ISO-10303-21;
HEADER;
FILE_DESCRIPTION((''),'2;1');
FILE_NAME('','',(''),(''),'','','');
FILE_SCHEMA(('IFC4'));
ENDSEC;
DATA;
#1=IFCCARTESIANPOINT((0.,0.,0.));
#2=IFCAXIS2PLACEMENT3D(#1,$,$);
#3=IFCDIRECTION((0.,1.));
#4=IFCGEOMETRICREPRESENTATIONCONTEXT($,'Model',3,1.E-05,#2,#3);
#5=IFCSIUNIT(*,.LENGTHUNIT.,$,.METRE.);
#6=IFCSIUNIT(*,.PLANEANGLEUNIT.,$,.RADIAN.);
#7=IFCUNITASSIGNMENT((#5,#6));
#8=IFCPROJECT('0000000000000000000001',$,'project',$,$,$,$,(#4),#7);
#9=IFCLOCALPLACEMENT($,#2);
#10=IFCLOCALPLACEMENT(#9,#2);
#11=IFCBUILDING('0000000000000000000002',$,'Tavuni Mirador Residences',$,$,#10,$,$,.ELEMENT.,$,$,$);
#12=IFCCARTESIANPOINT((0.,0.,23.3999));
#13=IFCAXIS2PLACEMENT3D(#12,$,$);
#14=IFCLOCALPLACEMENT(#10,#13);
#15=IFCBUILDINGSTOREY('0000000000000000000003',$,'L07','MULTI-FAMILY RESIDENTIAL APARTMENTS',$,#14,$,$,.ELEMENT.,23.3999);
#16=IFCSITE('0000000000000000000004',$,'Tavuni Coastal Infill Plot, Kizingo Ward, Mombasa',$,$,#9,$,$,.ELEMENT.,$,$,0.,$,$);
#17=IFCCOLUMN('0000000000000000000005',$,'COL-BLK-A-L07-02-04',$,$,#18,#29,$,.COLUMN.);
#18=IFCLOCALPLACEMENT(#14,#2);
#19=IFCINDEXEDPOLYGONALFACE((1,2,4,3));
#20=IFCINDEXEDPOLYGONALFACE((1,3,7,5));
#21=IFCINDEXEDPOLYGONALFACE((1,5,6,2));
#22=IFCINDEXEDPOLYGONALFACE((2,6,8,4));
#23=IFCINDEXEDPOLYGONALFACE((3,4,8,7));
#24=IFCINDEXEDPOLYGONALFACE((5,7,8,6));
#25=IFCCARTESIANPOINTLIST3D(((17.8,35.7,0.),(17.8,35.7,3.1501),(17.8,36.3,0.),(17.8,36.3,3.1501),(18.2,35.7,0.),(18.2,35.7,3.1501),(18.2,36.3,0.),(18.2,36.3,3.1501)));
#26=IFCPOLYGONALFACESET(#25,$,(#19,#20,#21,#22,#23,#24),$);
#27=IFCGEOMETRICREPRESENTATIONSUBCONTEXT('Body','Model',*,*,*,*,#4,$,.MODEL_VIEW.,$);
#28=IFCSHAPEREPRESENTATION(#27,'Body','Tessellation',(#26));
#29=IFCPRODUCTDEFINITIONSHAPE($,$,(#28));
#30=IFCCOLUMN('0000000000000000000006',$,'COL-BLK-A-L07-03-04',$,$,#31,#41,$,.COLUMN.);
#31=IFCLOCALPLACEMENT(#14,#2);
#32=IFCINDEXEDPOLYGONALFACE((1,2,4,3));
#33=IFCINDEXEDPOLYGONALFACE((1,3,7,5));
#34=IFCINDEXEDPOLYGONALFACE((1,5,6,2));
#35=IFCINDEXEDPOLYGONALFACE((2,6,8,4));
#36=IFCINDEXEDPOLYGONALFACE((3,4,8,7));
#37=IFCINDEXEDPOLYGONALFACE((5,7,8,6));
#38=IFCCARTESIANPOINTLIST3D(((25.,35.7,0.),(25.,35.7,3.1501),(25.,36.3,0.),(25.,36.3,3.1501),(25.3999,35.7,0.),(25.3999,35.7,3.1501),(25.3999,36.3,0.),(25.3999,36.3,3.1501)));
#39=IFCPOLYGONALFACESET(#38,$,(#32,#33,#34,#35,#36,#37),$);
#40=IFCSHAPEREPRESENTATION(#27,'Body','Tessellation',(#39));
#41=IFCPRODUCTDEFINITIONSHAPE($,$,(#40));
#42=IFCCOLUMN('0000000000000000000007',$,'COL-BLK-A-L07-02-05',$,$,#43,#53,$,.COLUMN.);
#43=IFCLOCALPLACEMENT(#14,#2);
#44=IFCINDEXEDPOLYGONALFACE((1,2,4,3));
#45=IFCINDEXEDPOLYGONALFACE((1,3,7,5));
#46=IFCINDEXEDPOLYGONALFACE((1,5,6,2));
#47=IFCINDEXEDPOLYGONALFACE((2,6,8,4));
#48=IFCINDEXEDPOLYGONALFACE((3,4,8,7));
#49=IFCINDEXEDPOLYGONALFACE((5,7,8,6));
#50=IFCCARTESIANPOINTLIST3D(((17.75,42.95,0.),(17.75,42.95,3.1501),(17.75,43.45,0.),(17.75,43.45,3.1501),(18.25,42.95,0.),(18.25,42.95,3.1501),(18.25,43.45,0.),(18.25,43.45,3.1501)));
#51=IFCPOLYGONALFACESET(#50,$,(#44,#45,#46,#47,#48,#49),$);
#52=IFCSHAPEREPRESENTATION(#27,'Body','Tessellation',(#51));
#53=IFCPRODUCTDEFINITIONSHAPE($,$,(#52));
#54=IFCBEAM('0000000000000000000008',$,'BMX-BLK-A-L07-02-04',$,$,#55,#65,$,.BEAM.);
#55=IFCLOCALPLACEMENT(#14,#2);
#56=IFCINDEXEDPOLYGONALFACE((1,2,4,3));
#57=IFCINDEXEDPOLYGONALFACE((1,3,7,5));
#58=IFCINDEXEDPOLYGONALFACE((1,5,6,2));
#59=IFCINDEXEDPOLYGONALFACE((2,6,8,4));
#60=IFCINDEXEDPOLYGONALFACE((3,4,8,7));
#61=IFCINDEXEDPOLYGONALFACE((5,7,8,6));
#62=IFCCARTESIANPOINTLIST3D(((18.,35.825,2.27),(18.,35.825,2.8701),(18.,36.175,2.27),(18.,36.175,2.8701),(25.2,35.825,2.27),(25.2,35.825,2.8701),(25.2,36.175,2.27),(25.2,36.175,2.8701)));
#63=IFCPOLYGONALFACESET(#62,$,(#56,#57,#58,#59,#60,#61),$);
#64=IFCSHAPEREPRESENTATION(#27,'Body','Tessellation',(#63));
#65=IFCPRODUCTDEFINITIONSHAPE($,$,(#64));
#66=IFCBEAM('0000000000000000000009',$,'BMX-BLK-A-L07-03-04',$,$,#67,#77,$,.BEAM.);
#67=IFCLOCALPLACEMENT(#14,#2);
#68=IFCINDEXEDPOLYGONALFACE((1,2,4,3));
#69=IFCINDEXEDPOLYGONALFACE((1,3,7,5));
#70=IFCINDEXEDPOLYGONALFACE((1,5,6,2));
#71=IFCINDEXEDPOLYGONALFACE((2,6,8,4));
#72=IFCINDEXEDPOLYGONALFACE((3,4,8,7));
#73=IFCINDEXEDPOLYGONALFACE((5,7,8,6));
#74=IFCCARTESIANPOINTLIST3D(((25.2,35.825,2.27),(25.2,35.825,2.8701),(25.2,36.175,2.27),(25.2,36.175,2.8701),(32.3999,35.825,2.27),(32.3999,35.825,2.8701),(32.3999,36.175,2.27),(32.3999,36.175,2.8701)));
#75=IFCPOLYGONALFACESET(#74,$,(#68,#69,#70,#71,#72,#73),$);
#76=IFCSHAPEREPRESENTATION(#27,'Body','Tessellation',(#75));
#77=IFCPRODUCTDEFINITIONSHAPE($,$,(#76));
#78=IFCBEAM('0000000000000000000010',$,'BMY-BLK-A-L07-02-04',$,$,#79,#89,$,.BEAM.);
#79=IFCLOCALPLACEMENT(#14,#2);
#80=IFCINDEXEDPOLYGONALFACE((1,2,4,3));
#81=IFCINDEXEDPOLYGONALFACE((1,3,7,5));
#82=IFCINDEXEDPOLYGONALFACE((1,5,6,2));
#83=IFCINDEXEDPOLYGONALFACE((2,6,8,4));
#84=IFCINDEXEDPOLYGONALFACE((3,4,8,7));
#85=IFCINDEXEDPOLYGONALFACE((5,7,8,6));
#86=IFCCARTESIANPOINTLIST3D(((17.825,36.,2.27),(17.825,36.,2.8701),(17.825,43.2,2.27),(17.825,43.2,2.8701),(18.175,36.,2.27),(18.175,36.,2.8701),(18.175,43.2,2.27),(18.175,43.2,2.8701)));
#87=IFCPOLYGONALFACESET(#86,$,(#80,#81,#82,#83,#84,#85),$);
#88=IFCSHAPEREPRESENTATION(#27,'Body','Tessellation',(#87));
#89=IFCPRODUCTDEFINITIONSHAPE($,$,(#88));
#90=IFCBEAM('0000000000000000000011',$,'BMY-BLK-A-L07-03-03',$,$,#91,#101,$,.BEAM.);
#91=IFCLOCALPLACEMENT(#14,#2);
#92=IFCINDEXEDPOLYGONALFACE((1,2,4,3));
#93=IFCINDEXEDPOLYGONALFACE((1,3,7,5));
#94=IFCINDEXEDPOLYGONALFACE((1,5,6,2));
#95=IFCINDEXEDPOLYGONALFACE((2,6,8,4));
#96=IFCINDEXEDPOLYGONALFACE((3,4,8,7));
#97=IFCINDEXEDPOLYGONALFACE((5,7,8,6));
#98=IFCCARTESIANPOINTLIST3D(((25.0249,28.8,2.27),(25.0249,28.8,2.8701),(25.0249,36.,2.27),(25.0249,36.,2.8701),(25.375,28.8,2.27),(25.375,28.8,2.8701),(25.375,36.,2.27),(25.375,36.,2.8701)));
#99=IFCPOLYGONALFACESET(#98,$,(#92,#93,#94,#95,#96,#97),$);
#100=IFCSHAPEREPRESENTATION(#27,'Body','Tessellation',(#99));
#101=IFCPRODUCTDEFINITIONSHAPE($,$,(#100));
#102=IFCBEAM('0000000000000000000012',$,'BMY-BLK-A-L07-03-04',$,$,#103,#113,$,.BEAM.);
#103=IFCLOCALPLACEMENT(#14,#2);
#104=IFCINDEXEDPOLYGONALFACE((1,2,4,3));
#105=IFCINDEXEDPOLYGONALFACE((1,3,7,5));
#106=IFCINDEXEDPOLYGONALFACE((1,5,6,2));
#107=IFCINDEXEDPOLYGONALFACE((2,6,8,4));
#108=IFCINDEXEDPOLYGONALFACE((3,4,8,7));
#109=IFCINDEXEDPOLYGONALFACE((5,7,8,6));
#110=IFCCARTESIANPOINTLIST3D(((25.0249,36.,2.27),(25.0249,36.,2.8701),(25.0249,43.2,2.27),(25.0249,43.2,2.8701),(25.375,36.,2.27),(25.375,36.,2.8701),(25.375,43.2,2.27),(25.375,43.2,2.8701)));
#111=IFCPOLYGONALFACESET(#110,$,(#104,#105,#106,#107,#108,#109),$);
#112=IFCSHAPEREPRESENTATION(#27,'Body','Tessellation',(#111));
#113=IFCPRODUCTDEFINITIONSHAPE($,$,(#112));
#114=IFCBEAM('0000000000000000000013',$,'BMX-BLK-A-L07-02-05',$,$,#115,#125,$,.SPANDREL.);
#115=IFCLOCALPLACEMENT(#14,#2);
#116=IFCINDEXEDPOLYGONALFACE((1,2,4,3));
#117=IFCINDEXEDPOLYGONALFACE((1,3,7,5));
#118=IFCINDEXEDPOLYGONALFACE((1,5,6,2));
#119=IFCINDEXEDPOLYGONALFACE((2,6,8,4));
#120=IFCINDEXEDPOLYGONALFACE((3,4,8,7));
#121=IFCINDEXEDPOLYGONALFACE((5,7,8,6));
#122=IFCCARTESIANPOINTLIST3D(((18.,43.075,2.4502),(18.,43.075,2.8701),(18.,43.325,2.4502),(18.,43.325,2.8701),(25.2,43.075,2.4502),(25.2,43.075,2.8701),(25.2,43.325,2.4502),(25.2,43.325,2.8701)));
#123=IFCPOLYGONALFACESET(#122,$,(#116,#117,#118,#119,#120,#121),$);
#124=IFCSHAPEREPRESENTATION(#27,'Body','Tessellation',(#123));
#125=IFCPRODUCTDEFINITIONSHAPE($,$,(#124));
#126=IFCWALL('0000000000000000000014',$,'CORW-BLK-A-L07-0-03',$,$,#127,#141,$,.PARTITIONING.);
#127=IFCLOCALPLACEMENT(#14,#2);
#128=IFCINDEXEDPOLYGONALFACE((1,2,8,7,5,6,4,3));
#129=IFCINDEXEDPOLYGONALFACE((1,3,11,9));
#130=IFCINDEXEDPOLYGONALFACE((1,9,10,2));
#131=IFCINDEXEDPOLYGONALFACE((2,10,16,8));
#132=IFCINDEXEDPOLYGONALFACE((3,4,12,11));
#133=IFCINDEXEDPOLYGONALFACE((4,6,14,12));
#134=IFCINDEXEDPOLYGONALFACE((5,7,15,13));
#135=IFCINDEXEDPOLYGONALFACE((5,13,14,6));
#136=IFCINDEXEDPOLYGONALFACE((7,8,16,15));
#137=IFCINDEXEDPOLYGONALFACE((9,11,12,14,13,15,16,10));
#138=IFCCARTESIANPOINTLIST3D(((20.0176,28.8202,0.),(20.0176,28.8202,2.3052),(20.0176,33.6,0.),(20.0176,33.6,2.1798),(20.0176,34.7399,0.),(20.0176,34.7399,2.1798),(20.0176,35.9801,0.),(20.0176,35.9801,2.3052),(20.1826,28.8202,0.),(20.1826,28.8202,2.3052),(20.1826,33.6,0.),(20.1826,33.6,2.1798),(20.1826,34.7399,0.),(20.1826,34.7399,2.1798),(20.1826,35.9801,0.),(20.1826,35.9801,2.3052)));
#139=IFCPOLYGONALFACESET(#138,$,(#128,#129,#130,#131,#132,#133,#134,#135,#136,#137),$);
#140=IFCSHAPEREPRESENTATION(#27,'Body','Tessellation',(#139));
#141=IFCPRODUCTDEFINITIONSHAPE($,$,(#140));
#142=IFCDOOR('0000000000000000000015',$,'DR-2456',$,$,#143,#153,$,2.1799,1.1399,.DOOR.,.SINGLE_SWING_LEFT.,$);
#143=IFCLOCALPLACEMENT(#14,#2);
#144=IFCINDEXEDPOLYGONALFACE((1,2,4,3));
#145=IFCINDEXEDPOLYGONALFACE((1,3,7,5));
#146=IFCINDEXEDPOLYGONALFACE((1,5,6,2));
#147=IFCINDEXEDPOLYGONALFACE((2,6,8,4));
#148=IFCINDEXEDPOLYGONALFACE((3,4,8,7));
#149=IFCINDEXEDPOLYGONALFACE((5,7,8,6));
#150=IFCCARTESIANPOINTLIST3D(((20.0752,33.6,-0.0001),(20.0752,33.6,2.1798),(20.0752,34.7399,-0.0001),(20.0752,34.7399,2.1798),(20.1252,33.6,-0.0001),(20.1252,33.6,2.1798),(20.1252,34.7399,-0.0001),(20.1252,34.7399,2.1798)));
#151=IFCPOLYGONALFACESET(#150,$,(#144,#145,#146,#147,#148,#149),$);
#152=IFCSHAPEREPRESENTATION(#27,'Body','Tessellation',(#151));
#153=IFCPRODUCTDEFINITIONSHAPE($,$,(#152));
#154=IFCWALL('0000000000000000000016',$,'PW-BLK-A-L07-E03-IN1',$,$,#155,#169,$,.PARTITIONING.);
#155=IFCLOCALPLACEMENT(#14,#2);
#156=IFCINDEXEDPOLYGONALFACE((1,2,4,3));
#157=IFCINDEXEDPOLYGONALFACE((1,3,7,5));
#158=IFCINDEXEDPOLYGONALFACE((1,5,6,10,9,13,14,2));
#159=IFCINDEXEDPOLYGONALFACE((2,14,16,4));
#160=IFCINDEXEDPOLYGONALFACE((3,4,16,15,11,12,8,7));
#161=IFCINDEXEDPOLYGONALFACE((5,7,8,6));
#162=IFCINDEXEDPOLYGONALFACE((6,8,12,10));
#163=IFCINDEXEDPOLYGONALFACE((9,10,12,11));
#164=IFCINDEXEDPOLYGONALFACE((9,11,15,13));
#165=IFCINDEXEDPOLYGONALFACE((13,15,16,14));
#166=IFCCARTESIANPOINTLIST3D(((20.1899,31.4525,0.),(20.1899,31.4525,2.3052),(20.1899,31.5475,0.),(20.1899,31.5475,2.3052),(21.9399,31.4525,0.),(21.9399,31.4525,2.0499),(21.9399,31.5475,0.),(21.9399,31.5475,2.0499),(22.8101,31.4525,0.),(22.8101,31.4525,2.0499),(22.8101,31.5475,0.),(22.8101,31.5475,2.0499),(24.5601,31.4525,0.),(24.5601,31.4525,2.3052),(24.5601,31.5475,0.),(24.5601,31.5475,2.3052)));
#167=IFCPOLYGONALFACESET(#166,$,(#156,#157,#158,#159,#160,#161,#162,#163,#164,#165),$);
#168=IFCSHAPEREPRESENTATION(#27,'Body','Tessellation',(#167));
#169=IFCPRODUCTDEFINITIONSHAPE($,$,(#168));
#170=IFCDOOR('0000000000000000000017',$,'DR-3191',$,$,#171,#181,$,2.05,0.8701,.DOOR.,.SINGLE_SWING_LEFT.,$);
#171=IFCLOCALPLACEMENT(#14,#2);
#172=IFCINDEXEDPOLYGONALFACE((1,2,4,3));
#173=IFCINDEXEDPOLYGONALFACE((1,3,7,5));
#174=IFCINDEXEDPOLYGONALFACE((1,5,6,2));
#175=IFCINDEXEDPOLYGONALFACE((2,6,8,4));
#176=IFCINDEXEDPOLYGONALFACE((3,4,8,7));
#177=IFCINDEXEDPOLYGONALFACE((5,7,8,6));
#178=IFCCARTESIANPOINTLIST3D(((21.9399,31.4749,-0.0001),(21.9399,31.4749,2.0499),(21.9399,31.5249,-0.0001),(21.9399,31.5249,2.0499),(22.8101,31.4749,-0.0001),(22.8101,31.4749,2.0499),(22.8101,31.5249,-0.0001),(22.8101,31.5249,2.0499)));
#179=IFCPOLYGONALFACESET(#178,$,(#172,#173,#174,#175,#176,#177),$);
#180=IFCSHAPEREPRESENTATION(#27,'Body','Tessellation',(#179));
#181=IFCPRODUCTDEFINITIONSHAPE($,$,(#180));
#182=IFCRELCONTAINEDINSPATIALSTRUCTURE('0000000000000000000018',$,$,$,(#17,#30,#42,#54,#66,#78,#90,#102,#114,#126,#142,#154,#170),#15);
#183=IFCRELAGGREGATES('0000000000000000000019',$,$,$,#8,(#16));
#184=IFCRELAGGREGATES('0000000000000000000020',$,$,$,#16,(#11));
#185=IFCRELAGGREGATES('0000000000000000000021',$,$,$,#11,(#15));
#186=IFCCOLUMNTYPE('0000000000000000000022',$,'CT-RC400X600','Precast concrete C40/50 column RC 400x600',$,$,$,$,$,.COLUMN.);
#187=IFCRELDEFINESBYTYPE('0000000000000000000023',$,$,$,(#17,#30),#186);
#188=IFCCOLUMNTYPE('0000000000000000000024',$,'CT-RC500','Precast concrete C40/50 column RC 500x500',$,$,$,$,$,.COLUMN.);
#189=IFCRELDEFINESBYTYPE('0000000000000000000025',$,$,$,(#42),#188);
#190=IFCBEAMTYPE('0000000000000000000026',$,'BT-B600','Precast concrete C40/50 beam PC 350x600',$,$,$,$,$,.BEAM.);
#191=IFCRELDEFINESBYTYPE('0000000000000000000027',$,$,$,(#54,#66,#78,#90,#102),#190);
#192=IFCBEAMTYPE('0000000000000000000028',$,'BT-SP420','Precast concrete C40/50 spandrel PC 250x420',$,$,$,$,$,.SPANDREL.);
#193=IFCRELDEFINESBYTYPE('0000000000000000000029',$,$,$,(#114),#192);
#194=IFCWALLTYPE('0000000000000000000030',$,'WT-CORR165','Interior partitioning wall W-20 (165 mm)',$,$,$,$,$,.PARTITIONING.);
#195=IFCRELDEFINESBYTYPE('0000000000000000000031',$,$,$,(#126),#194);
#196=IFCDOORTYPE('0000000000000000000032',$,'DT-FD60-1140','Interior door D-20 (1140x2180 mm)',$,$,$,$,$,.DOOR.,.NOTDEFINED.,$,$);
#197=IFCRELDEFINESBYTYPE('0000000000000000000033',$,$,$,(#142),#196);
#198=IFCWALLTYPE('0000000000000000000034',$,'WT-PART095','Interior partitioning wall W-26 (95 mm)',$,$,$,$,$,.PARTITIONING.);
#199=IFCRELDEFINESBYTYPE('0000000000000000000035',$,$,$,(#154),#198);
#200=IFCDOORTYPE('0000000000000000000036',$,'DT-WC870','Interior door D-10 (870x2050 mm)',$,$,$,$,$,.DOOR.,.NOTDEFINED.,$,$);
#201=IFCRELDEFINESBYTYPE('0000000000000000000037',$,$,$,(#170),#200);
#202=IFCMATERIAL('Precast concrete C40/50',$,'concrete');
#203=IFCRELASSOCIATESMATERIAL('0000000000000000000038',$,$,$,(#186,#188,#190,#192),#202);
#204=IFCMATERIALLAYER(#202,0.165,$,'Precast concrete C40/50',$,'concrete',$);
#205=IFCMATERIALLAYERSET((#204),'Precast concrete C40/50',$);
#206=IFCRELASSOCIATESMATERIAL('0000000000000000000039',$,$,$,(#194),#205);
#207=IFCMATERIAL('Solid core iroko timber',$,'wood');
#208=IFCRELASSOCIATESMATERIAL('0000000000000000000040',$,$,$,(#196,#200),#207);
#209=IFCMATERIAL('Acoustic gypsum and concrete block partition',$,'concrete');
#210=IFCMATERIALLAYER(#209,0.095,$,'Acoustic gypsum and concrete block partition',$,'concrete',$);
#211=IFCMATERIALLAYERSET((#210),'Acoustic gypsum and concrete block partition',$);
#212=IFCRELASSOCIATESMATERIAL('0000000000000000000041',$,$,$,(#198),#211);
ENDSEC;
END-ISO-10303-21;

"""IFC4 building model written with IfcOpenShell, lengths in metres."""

from ifc_helpers import new_model, si_unit, direction, frame, frame_2d, origin, origin_2d, place, context, subcontext, project, spatial, rectangle, extrude, material, layer, layer_set, material_profile, profile_set, type_object, element, fill, save


model = new_model("IFC4")

# Units and contexts
model_context = context("Model", 3, precision=1e-05, world=origin(), true_north=direction((0.0, 1.0)))
body_context = subcontext(model_context, "Body", "Model", "MODEL_VIEW")
ifc_project = project(units=[si_unit("LENGTHUNIT", "METRE"), si_unit("PLANEANGLEUNIT", "RADIAN")], contexts=[model_context])

# Site, building, storey
site_placement = place(None, origin())
site = spatial("IfcSite", under=ifc_project, at=site_placement, Name="Tavuni Coastal Infill Plot, Kizingo Ward, Mombasa", CompositionType="ELEMENT", RefElevation=0.0)
building_placement = place(site_placement, origin())
building = spatial("IfcBuilding", under=site, at=building_placement, Name="Tavuni Mirador Residences", CompositionType="ELEMENT")
storey_placement = place(building_placement, frame((0.0, 0.0, 23.3999)))
storey = spatial("IfcBuildingStorey", under=building, at=storey_placement, Name="L07", Description="MULTI-FAMILY RESIDENTIAL APARTMENTS", CompositionType="ELEMENT", Elevation=23.3999)

# Columns
ifc_material_1 = material(Name="Precast concrete C40/50", Category="concrete")
ifc_material_profile_1 = material_profile(ifc_material_1, rectangle(XDim=0.3999, YDim=0.6001, at=origin_2d()), Name="RC 400x600", Category="concrete")
ifc_profile_set_1 = profile_set([ifc_material_profile_1], Name="Precast concrete C40/50")
column_type_1 = type_object("IfcColumnType", Name="CT-RC400X600", Description="Precast concrete C40/50 column RC 400x600", PredefinedType="COLUMN", material=ifc_profile_set_1)
for number, where, z_axis, x_axis, name in (
    (1, (18.0, 36.0, 0.0), (0.0, 0.0, 1.0), (1.0, 0.0, 0.0), "COL-BLK-A-L07-02-04"),
    (2, (25.2, 36.0, 0.0), (0.0, 0.0, 1.0), (1.0, 0.0, 0.0), "COL-BLK-A-L07-03-04"),
):
    element("IfcColumn", number, at=place(storey_placement, frame(where, z_axis=z_axis, x_axis=x_axis)), inside=storey, type_object=column_type_1, Name=name, PredefinedType="COLUMN", context=body_context, shape_type="SweptSolid", body=[
        extrude(rectangle(XDim=0.3999, YDim=0.6001, at=origin_2d()), origin(), (0.0, 0.0, 1.0), 3.1501),
    ])
ifc_material_profile_2 = material_profile(ifc_material_1, rectangle(XDim=0.5, YDim=0.5, at=origin_2d()), Name="RC 500x500", Category="concrete")
ifc_profile_set_2 = profile_set([ifc_material_profile_2], Name="Precast concrete C40/50")
column_type_2 = type_object("IfcColumnType", Name="CT-RC500", Description="Precast concrete C40/50 column RC 500x500", PredefinedType="COLUMN", material=ifc_profile_set_2)
column_placement = place(storey_placement, frame((18.0, 43.2, 0.0), z_axis=(0.0, 0.0, 1.0), x_axis=(1.0, 0.0, 0.0)))
element("IfcColumn", 3, at=column_placement, inside=storey, type_object=column_type_2, Name="COL-BLK-A-L07-02-05", PredefinedType="COLUMN", context=body_context, shape_type="SweptSolid", body=[
    extrude(rectangle(XDim=0.5, YDim=0.5, at=origin_2d()), origin(), (0.0, 0.0, 1.0), 3.1501),
])

# Beams
ifc_material_profile_3 = material_profile(ifc_material_1, rectangle(XDim=0.3501, YDim=0.6001, at=origin_2d()), Name="PC 350x600", Category="concrete")
ifc_profile_set_3 = profile_set([ifc_material_profile_3], Name="Precast concrete C40/50")
beam_type_1 = type_object("IfcBeamType", Name="BT-B600", Description="Precast concrete C40/50 beam PC 350x600", PredefinedType="BEAM", material=ifc_profile_set_3)
for number, where, z_axis, x_axis, name in (
    (4, (18.0, 36.0, 2.5701), (1.0, 0.0, 0.0), (0.0, 1.0, 0.0), "BMX-BLK-A-L07-02-04"),
    (5, (25.2, 36.0, 2.5701), (1.0, 0.0, 0.0), (0.0, 1.0, 0.0), "BMX-BLK-A-L07-03-04"),
    (6, (18.0, 36.0, 2.5701), (0.0, 1.0, 0.0), (-1.0, 0.0, 0.0), "BMY-BLK-A-L07-02-04"),
    (7, (25.2, 28.8, 2.5701), (0.0, 1.0, 0.0), (-1.0, 0.0, 0.0), "BMY-BLK-A-L07-03-03"),
    (8, (25.2, 36.0, 2.5701), (0.0, 1.0, 0.0), (-1.0, 0.0, 0.0), "BMY-BLK-A-L07-03-04"),
):
    element("IfcBeam", number, at=place(storey_placement, frame(where, z_axis=z_axis, x_axis=x_axis)), inside=storey, type_object=beam_type_1, Name=name, PredefinedType="BEAM", context=body_context, shape_type="SweptSolid", body=[
        extrude(rectangle(XDim=0.3501, YDim=0.6001, at=origin_2d()), origin(), (0.0, 0.0, 1.0), 7.2),
    ])
ifc_material_profile_4 = material_profile(ifc_material_1, rectangle(XDim=0.25, YDim=0.4199, at=origin_2d()), Name="PC 250x420", Category="concrete")
ifc_profile_set_4 = profile_set([ifc_material_profile_4], Name="Precast concrete C40/50")
beam_type_2 = type_object("IfcBeamType", Name="BT-SP420", Description="Precast concrete C40/50 spandrel PC 250x420", PredefinedType="SPANDREL", material=ifc_profile_set_4)
beam_placement = place(storey_placement, frame((18.0, 43.2, 2.6602), z_axis=(1.0, 0.0, 0.0), x_axis=(0.0, 1.0, 0.0)))
element("IfcBeam", 9, at=beam_placement, inside=storey, type_object=beam_type_2, Name="BMX-BLK-A-L07-02-05", PredefinedType="SPANDREL", context=body_context, shape_type="SweptSolid", body=[
    extrude(rectangle(XDim=0.25, YDim=0.4199, at=origin_2d()), origin(), (0.0, 0.0, 1.0), 7.2),
])

# Walls, openings, doors
ifc_material_2 = material(Name="Solid core iroko timber", Category="wood")
ifc_layer_1 = layer(ifc_material_1, 0.165, Name="Precast concrete C40/50", Category="concrete")
ifc_layer_set_1 = layer_set([ifc_layer_1], Name="Precast concrete C40/50")
wall_type_1 = type_object("IfcWallType", Name="WT-CORR165", Description="Interior partitioning wall W-20 (165 mm)", PredefinedType="PARTITIONING", material=ifc_layer_set_1)
wall_1_placement = place(storey_placement, frame((20.1001, 28.8201, 0.0), z_axis=(0.0, 0.0, 1.0), x_axis=(0.0, 1.0, 0.0)))
wall_1 = element("IfcWall", 10, at=wall_1_placement, inside=storey, type_object=wall_type_1, Name="CORW-BLK-A-L07-0-03", PredefinedType="PARTITIONING", context=body_context, shape_type="SweptSolid", body=[
    extrude(rectangle(XDim=7.1599, YDim=0.165, at=frame_2d((3.5801, 0.0))), origin(), (0.0, 0.0, 1.0), 2.3052),
])
opening_1_placement = place(wall_1_placement, frame((4.78, 0.0, 0.0)))
opening_1 = element("IfcOpeningElement", 11, at=opening_1_placement, cuts=wall_1, PredefinedType="OPENING", context=body_context, shape_type="SweptSolid", body=[
    extrude(rectangle(XDim=1.1399, YDim=2.1799, at=frame_2d((0.5698, 1.0898))), frame((0.0, 0.0925, 0.0), z_axis=(0.0, -1.0, 0.0), x_axis=(1.0, 0.0, 0.0)), (0.0, 0.0, 1.0), 0.1851),
])
door_type_1 = type_object("IfcDoorType", Name="DT-FD60-1140", Description="Interior door D-20 (1140x2180 mm)", OperationType="NOTDEFINED", PredefinedType="DOOR", material=ifc_material_2)
door_1_placement = place(opening_1_placement, origin())
door_1 = element("IfcDoor", 12, at=door_1_placement, inside=storey, type_object=door_type_1, Name="DR-2456", OperationType="SINGLE_SWING_LEFT", OverallHeight=2.1799, OverallWidth=1.1399, PredefinedType="DOOR", context=body_context, shape_type="SweptSolid", body=[
    extrude(rectangle(XDim=1.1399, YDim=2.1799, at=frame_2d((0.5698, 1.0898))), frame((0.0, 0.0249, 0.0), z_axis=(0.0, -1.0, 0.0), x_axis=(1.0, 0.0, 0.0)), (0.0, 0.0, 1.0), 0.05),
])
fill(opening_1, door_1)
ifc_material_3 = material(Name="Acoustic gypsum and concrete block partition", Category="concrete")
ifc_layer_2 = layer(ifc_material_3, 0.095, Name="Acoustic gypsum and concrete block partition", Category="concrete")
ifc_layer_set_2 = layer_set([ifc_layer_2], Name="Acoustic gypsum and concrete block partition")
wall_type_2 = type_object("IfcWallType", Name="WT-PART095", Description="Interior partitioning wall W-26 (95 mm)", PredefinedType="PARTITIONING", material=ifc_layer_set_2)
wall_2_placement = place(storey_placement, frame((20.1899, 31.5, 0.0), z_axis=(0.0, 0.0, 1.0), x_axis=(1.0, 0.0, 0.0)))
wall_2 = element("IfcWall", 13, at=wall_2_placement, inside=storey, type_object=wall_type_2, Name="PW-BLK-A-L07-E03-IN1", PredefinedType="PARTITIONING", context=body_context, shape_type="SweptSolid", body=[
    extrude(rectangle(XDim=4.3701, YDim=0.095, at=frame_2d((2.1851, 0.0))), origin(), (0.0, 0.0, 1.0), 2.3052),
])
opening_2_placement = place(wall_2_placement, frame((1.75, 0.0, 0.0)))
opening_2 = element("IfcOpeningElement", 14, at=opening_2_placement, cuts=wall_2, PredefinedType="OPENING", context=body_context, shape_type="SweptSolid", body=[
    extrude(rectangle(XDim=0.8701, YDim=2.05, at=frame_2d((0.4351, 1.0249))), frame((0.0, 0.0576, 0.0), z_axis=(0.0, -1.0, 0.0), x_axis=(1.0, 0.0, 0.0)), (0.0, 0.0, 1.0), 0.115),
])
door_type_2 = type_object("IfcDoorType", Name="DT-WC870", Description="Interior door D-10 (870x2050 mm)", OperationType="NOTDEFINED", PredefinedType="DOOR", material=ifc_material_2)
door_2_placement = place(opening_2_placement, origin())
door_2 = element("IfcDoor", 15, at=door_2_placement, inside=storey, type_object=door_type_2, Name="DR-3191", OperationType="SINGLE_SWING_LEFT", OverallHeight=2.05, OverallWidth=0.8701, PredefinedType="DOOR", context=body_context, shape_type="SweptSolid", body=[
    extrude(rectangle(XDim=0.8701, YDim=2.05, at=frame_2d((0.4351, 1.0249))), frame((0.0, 0.0249, 0.0), z_axis=(0.0, -1.0, 0.0), x_axis=(1.0, 0.0, 0.0)), (0.0, 0.0, 1.0), 0.05),
])
fill(opening_2, door_2)

save(model, "model.ifc")
